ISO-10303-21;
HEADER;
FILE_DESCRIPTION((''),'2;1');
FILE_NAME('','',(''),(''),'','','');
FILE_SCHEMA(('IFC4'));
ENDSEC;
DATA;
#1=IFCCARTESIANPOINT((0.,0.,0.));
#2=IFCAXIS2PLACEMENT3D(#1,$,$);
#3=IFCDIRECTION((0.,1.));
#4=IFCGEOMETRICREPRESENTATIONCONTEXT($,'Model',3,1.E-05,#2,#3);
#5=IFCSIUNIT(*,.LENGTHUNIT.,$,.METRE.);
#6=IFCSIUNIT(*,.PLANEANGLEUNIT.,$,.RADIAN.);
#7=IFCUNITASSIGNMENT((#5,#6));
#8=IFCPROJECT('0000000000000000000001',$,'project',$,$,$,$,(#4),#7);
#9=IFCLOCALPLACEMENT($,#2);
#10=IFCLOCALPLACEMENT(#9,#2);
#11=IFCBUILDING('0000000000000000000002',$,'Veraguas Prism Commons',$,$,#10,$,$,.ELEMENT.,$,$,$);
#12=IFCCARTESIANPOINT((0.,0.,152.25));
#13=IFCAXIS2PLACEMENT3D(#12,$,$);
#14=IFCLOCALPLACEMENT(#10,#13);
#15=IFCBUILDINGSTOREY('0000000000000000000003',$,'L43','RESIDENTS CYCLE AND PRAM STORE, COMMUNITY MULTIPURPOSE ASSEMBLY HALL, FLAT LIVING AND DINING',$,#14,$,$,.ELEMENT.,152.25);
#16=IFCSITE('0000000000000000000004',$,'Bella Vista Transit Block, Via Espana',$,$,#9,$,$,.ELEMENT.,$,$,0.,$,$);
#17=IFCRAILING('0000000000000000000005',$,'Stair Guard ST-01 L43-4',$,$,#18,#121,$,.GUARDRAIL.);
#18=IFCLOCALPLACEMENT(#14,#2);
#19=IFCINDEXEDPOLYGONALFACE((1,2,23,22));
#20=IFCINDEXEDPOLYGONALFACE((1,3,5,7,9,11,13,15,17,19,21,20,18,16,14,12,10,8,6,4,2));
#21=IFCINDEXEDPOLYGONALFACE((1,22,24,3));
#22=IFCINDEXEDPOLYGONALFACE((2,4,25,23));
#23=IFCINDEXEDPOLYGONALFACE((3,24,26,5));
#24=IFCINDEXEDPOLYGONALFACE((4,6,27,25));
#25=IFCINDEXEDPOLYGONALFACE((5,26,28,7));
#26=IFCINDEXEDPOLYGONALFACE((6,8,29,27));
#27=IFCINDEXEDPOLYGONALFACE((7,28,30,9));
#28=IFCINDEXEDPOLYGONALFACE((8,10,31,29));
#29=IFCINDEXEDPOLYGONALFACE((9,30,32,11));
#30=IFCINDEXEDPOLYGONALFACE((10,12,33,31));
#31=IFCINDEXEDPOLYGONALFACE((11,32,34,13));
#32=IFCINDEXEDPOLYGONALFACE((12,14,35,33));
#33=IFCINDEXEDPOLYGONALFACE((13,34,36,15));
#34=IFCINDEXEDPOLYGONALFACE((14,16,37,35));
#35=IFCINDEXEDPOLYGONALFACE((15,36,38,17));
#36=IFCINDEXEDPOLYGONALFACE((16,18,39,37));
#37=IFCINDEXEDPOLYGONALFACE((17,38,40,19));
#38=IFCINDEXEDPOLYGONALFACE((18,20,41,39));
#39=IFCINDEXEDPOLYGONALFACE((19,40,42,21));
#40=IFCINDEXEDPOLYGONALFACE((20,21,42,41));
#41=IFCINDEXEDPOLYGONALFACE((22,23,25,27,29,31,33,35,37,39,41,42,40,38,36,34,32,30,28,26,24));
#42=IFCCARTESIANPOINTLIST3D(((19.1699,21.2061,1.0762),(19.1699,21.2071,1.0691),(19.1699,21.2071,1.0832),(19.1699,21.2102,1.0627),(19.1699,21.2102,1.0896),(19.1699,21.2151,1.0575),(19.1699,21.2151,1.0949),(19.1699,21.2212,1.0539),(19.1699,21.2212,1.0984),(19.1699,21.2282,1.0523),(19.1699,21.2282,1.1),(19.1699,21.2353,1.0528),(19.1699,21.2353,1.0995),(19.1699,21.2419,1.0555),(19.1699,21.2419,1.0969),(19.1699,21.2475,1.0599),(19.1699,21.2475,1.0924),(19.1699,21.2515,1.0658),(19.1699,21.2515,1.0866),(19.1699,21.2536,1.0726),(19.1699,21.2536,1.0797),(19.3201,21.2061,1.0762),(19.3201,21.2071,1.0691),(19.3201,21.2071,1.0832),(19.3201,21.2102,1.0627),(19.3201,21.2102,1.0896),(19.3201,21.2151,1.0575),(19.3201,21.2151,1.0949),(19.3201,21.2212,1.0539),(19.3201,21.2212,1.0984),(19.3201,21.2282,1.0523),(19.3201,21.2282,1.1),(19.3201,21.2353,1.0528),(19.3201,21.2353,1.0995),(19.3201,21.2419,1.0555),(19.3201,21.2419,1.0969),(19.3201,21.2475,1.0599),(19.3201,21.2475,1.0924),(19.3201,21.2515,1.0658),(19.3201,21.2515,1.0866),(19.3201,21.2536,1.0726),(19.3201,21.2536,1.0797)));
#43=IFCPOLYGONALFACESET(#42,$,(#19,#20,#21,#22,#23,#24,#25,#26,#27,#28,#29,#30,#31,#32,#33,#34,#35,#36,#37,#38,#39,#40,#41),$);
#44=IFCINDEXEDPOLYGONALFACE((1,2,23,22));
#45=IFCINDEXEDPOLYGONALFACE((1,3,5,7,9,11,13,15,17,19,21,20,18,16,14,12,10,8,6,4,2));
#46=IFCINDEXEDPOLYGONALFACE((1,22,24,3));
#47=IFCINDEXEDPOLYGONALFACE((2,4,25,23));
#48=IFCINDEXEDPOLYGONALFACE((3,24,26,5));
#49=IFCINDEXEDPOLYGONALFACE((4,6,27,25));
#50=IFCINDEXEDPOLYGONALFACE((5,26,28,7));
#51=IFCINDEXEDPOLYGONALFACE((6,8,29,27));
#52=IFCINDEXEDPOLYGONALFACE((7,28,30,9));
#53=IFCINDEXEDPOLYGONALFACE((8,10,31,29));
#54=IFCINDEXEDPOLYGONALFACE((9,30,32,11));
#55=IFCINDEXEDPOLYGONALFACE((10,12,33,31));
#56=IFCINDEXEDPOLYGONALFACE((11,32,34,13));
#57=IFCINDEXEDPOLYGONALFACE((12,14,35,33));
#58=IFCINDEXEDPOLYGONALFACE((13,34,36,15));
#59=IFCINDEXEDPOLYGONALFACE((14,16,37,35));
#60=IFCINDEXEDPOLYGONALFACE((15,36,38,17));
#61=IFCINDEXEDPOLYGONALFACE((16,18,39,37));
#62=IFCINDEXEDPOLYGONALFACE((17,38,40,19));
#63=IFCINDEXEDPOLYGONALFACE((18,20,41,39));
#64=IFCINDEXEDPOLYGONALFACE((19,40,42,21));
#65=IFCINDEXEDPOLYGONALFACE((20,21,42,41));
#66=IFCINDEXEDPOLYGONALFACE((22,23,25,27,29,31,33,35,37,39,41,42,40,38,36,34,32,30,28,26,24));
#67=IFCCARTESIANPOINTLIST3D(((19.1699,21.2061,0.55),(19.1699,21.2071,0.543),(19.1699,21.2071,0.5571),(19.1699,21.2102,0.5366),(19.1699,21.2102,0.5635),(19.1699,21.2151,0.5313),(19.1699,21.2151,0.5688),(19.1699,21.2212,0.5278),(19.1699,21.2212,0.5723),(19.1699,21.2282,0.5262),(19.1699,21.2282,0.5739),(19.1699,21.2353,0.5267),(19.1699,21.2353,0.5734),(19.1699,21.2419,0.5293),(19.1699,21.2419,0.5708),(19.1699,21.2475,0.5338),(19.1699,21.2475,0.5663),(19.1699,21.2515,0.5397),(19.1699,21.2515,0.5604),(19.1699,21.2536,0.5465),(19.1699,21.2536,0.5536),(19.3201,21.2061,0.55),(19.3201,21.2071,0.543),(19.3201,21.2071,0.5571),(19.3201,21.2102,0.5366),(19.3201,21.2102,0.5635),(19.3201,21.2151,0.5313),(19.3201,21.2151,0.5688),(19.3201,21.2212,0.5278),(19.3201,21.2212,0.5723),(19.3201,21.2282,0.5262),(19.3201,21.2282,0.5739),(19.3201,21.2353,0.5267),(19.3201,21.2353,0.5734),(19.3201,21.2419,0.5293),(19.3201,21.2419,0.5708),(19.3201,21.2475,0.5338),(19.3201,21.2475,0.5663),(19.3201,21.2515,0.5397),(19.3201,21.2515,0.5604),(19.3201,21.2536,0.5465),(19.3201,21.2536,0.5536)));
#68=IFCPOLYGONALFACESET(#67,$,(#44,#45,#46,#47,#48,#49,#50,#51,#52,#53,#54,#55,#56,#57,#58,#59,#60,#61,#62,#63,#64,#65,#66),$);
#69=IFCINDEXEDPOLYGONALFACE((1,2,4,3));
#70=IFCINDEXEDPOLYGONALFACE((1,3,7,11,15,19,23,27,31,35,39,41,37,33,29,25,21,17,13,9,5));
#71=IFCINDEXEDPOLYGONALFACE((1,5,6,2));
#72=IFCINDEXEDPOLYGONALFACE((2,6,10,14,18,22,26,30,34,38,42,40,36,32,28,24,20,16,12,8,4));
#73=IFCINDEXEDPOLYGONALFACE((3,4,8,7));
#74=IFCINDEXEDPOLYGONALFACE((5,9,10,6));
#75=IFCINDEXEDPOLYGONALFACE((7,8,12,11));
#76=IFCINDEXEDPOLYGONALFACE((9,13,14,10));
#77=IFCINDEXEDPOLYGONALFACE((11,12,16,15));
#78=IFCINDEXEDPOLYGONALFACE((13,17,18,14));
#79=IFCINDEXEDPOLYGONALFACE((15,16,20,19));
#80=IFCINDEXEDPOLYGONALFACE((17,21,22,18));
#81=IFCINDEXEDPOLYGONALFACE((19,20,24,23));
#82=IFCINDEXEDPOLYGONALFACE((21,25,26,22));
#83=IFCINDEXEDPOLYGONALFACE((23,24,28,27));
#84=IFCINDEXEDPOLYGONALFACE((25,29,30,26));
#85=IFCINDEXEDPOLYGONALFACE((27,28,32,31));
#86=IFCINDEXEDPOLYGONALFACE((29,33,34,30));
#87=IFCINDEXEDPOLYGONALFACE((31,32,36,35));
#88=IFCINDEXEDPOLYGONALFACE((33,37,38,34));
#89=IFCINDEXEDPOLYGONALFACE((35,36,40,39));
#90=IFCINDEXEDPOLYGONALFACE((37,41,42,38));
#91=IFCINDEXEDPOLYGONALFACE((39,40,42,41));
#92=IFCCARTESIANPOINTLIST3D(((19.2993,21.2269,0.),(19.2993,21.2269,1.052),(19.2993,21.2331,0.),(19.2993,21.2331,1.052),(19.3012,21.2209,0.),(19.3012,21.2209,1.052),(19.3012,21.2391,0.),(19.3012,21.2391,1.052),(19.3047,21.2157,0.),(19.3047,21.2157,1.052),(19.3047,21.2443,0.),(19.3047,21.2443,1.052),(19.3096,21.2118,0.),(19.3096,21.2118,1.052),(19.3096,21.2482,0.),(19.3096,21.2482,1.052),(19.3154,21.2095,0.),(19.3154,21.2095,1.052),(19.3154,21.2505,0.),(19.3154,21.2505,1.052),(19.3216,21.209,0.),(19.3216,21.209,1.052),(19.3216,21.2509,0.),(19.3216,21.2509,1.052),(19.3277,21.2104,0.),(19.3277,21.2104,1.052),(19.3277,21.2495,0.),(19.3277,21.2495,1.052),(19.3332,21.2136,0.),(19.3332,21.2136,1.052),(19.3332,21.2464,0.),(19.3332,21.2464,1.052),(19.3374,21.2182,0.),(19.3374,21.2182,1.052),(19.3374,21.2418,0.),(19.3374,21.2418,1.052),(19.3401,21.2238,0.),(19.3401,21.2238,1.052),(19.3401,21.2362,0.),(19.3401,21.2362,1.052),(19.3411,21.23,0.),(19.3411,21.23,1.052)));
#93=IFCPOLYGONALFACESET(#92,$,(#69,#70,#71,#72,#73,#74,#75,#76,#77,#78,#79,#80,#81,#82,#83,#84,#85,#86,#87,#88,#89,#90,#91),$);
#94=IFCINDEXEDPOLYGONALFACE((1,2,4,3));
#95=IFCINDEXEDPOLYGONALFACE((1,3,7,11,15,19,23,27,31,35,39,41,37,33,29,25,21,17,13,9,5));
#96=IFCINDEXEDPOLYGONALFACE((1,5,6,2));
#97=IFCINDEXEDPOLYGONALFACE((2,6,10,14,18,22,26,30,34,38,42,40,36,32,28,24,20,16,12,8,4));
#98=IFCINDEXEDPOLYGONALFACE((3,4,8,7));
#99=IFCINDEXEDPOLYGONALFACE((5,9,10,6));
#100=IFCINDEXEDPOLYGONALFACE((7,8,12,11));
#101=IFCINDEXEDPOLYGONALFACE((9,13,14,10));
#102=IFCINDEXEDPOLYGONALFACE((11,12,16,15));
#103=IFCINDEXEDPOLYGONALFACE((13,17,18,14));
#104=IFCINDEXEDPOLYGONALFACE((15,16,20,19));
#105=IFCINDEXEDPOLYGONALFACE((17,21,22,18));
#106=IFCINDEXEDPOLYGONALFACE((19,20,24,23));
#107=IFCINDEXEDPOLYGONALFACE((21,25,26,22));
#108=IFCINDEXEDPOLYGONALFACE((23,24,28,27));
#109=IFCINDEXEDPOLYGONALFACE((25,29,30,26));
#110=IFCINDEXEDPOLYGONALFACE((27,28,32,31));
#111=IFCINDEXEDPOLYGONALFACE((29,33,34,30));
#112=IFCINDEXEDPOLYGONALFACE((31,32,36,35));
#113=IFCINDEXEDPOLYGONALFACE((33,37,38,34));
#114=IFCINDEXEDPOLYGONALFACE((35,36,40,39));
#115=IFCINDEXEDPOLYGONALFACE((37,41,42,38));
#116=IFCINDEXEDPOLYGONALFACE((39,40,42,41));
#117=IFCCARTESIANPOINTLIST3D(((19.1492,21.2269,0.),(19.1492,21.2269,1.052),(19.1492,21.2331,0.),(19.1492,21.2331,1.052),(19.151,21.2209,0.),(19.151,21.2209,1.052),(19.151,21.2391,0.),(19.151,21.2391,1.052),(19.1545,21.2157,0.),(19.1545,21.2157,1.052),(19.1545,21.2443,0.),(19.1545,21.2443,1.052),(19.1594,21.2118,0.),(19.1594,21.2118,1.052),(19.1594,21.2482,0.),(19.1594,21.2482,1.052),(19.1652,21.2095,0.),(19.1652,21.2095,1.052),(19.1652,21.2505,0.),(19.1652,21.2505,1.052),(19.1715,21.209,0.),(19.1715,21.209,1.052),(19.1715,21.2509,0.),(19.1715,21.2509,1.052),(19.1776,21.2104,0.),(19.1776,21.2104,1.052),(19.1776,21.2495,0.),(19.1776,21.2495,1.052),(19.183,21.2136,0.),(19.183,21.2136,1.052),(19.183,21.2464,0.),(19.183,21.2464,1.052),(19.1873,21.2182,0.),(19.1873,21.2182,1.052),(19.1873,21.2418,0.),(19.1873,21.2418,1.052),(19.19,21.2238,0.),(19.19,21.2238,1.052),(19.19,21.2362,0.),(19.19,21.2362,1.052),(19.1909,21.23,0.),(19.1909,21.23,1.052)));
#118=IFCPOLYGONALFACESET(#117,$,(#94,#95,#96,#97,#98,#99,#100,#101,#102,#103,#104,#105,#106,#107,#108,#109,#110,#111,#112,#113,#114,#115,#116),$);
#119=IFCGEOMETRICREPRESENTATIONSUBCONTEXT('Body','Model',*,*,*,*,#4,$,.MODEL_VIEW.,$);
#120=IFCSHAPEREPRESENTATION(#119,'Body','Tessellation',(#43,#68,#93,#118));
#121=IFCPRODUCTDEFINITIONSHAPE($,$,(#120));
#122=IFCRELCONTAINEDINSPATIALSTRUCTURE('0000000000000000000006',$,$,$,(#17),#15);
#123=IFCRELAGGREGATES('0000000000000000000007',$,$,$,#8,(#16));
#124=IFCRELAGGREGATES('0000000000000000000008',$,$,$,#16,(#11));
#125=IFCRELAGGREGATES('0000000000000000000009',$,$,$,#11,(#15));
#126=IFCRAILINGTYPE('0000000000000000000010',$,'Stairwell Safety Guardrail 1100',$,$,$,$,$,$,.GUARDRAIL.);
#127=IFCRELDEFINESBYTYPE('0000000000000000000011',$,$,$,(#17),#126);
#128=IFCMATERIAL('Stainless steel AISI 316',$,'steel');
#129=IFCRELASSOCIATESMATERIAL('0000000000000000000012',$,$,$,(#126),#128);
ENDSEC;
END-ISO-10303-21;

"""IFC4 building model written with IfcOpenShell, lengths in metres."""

from ifc_helpers import new_model, si_unit, direction, frame, origin, origin_2d, place, context, subcontext, project, spatial, circle, extrude, material, type_object, element, save


model = new_model("IFC4")

# Units and contexts
model_context = context("Model", 3, precision=1e-05, world=origin(), true_north=direction((0.0, 1.0)))
body_context = subcontext(model_context, "Body", "Model", "MODEL_VIEW")
ifc_project = project(units=[si_unit("LENGTHUNIT", "METRE"), si_unit("PLANEANGLEUNIT", "RADIAN")], contexts=[model_context])

# Site, building, storey
site_placement = place(None, origin())
site = spatial("IfcSite", under=ifc_project, at=site_placement, Name="Bella Vista Transit Block, Via Espana", CompositionType="ELEMENT", RefElevation=0.0)
building_placement = place(site_placement, origin())
building = spatial("IfcBuilding", under=site, at=building_placement, Name="Veraguas Prism Commons", CompositionType="ELEMENT")
storey_placement = place(building_placement, frame((0.0, 0.0, 152.25)))
storey = spatial("IfcBuildingStorey", under=building, at=storey_placement, Name="L43", Description="RESIDENTS CYCLE AND PRAM STORE, COMMUNITY MULTIPURPOSE ASSEMBLY HALL, FLAT LIVING AND DINING", CompositionType="ELEMENT", Elevation=152.25)

# Railing
ifc_material_1 = material(Name="Stainless steel AISI 316", Category="steel")
railing_type_1 = type_object("IfcRailingType", Name="Stairwell Safety Guardrail 1100", PredefinedType="GUARDRAIL", material=ifc_material_1)
railing_1_placement = place(storey_placement, frame((19.3201, 21.23, 0.0)))
element("IfcRailing", 1, at=railing_1_placement, inside=storey, type_object=railing_type_1, Name="Stair Guard ST-01 L43-4", PredefinedType="GUARDRAIL", context=body_context, shape_type="SweptSolid", body=[
    extrude(circle(Radius=0.0239, at=origin_2d()), frame((0.0, 0.0, 1.0762), z_axis=(-1.0, 0.0, 0.0), x_axis=(0.0, -1.0, 0.0)), (0.0, 0.0, 1.0), 0.1501),
    extrude(circle(Radius=0.0239, at=origin_2d()), frame((0.0, 0.0, 0.55), z_axis=(-1.0, 0.0, 0.0), x_axis=(0.0, -1.0, 0.0)), (0.0, 0.0, 1.0), 0.1501),
    extrude(circle(Radius=0.021, at=origin_2d()), origin(), (0.0, 0.0, 1.0), 1.052),
    extrude(circle(Radius=0.021, at=origin_2d()), frame((-0.1501, 0.0, 0.0)), (0.0, 0.0, 1.0), 1.052),
])

save(model, "model.ifc")
